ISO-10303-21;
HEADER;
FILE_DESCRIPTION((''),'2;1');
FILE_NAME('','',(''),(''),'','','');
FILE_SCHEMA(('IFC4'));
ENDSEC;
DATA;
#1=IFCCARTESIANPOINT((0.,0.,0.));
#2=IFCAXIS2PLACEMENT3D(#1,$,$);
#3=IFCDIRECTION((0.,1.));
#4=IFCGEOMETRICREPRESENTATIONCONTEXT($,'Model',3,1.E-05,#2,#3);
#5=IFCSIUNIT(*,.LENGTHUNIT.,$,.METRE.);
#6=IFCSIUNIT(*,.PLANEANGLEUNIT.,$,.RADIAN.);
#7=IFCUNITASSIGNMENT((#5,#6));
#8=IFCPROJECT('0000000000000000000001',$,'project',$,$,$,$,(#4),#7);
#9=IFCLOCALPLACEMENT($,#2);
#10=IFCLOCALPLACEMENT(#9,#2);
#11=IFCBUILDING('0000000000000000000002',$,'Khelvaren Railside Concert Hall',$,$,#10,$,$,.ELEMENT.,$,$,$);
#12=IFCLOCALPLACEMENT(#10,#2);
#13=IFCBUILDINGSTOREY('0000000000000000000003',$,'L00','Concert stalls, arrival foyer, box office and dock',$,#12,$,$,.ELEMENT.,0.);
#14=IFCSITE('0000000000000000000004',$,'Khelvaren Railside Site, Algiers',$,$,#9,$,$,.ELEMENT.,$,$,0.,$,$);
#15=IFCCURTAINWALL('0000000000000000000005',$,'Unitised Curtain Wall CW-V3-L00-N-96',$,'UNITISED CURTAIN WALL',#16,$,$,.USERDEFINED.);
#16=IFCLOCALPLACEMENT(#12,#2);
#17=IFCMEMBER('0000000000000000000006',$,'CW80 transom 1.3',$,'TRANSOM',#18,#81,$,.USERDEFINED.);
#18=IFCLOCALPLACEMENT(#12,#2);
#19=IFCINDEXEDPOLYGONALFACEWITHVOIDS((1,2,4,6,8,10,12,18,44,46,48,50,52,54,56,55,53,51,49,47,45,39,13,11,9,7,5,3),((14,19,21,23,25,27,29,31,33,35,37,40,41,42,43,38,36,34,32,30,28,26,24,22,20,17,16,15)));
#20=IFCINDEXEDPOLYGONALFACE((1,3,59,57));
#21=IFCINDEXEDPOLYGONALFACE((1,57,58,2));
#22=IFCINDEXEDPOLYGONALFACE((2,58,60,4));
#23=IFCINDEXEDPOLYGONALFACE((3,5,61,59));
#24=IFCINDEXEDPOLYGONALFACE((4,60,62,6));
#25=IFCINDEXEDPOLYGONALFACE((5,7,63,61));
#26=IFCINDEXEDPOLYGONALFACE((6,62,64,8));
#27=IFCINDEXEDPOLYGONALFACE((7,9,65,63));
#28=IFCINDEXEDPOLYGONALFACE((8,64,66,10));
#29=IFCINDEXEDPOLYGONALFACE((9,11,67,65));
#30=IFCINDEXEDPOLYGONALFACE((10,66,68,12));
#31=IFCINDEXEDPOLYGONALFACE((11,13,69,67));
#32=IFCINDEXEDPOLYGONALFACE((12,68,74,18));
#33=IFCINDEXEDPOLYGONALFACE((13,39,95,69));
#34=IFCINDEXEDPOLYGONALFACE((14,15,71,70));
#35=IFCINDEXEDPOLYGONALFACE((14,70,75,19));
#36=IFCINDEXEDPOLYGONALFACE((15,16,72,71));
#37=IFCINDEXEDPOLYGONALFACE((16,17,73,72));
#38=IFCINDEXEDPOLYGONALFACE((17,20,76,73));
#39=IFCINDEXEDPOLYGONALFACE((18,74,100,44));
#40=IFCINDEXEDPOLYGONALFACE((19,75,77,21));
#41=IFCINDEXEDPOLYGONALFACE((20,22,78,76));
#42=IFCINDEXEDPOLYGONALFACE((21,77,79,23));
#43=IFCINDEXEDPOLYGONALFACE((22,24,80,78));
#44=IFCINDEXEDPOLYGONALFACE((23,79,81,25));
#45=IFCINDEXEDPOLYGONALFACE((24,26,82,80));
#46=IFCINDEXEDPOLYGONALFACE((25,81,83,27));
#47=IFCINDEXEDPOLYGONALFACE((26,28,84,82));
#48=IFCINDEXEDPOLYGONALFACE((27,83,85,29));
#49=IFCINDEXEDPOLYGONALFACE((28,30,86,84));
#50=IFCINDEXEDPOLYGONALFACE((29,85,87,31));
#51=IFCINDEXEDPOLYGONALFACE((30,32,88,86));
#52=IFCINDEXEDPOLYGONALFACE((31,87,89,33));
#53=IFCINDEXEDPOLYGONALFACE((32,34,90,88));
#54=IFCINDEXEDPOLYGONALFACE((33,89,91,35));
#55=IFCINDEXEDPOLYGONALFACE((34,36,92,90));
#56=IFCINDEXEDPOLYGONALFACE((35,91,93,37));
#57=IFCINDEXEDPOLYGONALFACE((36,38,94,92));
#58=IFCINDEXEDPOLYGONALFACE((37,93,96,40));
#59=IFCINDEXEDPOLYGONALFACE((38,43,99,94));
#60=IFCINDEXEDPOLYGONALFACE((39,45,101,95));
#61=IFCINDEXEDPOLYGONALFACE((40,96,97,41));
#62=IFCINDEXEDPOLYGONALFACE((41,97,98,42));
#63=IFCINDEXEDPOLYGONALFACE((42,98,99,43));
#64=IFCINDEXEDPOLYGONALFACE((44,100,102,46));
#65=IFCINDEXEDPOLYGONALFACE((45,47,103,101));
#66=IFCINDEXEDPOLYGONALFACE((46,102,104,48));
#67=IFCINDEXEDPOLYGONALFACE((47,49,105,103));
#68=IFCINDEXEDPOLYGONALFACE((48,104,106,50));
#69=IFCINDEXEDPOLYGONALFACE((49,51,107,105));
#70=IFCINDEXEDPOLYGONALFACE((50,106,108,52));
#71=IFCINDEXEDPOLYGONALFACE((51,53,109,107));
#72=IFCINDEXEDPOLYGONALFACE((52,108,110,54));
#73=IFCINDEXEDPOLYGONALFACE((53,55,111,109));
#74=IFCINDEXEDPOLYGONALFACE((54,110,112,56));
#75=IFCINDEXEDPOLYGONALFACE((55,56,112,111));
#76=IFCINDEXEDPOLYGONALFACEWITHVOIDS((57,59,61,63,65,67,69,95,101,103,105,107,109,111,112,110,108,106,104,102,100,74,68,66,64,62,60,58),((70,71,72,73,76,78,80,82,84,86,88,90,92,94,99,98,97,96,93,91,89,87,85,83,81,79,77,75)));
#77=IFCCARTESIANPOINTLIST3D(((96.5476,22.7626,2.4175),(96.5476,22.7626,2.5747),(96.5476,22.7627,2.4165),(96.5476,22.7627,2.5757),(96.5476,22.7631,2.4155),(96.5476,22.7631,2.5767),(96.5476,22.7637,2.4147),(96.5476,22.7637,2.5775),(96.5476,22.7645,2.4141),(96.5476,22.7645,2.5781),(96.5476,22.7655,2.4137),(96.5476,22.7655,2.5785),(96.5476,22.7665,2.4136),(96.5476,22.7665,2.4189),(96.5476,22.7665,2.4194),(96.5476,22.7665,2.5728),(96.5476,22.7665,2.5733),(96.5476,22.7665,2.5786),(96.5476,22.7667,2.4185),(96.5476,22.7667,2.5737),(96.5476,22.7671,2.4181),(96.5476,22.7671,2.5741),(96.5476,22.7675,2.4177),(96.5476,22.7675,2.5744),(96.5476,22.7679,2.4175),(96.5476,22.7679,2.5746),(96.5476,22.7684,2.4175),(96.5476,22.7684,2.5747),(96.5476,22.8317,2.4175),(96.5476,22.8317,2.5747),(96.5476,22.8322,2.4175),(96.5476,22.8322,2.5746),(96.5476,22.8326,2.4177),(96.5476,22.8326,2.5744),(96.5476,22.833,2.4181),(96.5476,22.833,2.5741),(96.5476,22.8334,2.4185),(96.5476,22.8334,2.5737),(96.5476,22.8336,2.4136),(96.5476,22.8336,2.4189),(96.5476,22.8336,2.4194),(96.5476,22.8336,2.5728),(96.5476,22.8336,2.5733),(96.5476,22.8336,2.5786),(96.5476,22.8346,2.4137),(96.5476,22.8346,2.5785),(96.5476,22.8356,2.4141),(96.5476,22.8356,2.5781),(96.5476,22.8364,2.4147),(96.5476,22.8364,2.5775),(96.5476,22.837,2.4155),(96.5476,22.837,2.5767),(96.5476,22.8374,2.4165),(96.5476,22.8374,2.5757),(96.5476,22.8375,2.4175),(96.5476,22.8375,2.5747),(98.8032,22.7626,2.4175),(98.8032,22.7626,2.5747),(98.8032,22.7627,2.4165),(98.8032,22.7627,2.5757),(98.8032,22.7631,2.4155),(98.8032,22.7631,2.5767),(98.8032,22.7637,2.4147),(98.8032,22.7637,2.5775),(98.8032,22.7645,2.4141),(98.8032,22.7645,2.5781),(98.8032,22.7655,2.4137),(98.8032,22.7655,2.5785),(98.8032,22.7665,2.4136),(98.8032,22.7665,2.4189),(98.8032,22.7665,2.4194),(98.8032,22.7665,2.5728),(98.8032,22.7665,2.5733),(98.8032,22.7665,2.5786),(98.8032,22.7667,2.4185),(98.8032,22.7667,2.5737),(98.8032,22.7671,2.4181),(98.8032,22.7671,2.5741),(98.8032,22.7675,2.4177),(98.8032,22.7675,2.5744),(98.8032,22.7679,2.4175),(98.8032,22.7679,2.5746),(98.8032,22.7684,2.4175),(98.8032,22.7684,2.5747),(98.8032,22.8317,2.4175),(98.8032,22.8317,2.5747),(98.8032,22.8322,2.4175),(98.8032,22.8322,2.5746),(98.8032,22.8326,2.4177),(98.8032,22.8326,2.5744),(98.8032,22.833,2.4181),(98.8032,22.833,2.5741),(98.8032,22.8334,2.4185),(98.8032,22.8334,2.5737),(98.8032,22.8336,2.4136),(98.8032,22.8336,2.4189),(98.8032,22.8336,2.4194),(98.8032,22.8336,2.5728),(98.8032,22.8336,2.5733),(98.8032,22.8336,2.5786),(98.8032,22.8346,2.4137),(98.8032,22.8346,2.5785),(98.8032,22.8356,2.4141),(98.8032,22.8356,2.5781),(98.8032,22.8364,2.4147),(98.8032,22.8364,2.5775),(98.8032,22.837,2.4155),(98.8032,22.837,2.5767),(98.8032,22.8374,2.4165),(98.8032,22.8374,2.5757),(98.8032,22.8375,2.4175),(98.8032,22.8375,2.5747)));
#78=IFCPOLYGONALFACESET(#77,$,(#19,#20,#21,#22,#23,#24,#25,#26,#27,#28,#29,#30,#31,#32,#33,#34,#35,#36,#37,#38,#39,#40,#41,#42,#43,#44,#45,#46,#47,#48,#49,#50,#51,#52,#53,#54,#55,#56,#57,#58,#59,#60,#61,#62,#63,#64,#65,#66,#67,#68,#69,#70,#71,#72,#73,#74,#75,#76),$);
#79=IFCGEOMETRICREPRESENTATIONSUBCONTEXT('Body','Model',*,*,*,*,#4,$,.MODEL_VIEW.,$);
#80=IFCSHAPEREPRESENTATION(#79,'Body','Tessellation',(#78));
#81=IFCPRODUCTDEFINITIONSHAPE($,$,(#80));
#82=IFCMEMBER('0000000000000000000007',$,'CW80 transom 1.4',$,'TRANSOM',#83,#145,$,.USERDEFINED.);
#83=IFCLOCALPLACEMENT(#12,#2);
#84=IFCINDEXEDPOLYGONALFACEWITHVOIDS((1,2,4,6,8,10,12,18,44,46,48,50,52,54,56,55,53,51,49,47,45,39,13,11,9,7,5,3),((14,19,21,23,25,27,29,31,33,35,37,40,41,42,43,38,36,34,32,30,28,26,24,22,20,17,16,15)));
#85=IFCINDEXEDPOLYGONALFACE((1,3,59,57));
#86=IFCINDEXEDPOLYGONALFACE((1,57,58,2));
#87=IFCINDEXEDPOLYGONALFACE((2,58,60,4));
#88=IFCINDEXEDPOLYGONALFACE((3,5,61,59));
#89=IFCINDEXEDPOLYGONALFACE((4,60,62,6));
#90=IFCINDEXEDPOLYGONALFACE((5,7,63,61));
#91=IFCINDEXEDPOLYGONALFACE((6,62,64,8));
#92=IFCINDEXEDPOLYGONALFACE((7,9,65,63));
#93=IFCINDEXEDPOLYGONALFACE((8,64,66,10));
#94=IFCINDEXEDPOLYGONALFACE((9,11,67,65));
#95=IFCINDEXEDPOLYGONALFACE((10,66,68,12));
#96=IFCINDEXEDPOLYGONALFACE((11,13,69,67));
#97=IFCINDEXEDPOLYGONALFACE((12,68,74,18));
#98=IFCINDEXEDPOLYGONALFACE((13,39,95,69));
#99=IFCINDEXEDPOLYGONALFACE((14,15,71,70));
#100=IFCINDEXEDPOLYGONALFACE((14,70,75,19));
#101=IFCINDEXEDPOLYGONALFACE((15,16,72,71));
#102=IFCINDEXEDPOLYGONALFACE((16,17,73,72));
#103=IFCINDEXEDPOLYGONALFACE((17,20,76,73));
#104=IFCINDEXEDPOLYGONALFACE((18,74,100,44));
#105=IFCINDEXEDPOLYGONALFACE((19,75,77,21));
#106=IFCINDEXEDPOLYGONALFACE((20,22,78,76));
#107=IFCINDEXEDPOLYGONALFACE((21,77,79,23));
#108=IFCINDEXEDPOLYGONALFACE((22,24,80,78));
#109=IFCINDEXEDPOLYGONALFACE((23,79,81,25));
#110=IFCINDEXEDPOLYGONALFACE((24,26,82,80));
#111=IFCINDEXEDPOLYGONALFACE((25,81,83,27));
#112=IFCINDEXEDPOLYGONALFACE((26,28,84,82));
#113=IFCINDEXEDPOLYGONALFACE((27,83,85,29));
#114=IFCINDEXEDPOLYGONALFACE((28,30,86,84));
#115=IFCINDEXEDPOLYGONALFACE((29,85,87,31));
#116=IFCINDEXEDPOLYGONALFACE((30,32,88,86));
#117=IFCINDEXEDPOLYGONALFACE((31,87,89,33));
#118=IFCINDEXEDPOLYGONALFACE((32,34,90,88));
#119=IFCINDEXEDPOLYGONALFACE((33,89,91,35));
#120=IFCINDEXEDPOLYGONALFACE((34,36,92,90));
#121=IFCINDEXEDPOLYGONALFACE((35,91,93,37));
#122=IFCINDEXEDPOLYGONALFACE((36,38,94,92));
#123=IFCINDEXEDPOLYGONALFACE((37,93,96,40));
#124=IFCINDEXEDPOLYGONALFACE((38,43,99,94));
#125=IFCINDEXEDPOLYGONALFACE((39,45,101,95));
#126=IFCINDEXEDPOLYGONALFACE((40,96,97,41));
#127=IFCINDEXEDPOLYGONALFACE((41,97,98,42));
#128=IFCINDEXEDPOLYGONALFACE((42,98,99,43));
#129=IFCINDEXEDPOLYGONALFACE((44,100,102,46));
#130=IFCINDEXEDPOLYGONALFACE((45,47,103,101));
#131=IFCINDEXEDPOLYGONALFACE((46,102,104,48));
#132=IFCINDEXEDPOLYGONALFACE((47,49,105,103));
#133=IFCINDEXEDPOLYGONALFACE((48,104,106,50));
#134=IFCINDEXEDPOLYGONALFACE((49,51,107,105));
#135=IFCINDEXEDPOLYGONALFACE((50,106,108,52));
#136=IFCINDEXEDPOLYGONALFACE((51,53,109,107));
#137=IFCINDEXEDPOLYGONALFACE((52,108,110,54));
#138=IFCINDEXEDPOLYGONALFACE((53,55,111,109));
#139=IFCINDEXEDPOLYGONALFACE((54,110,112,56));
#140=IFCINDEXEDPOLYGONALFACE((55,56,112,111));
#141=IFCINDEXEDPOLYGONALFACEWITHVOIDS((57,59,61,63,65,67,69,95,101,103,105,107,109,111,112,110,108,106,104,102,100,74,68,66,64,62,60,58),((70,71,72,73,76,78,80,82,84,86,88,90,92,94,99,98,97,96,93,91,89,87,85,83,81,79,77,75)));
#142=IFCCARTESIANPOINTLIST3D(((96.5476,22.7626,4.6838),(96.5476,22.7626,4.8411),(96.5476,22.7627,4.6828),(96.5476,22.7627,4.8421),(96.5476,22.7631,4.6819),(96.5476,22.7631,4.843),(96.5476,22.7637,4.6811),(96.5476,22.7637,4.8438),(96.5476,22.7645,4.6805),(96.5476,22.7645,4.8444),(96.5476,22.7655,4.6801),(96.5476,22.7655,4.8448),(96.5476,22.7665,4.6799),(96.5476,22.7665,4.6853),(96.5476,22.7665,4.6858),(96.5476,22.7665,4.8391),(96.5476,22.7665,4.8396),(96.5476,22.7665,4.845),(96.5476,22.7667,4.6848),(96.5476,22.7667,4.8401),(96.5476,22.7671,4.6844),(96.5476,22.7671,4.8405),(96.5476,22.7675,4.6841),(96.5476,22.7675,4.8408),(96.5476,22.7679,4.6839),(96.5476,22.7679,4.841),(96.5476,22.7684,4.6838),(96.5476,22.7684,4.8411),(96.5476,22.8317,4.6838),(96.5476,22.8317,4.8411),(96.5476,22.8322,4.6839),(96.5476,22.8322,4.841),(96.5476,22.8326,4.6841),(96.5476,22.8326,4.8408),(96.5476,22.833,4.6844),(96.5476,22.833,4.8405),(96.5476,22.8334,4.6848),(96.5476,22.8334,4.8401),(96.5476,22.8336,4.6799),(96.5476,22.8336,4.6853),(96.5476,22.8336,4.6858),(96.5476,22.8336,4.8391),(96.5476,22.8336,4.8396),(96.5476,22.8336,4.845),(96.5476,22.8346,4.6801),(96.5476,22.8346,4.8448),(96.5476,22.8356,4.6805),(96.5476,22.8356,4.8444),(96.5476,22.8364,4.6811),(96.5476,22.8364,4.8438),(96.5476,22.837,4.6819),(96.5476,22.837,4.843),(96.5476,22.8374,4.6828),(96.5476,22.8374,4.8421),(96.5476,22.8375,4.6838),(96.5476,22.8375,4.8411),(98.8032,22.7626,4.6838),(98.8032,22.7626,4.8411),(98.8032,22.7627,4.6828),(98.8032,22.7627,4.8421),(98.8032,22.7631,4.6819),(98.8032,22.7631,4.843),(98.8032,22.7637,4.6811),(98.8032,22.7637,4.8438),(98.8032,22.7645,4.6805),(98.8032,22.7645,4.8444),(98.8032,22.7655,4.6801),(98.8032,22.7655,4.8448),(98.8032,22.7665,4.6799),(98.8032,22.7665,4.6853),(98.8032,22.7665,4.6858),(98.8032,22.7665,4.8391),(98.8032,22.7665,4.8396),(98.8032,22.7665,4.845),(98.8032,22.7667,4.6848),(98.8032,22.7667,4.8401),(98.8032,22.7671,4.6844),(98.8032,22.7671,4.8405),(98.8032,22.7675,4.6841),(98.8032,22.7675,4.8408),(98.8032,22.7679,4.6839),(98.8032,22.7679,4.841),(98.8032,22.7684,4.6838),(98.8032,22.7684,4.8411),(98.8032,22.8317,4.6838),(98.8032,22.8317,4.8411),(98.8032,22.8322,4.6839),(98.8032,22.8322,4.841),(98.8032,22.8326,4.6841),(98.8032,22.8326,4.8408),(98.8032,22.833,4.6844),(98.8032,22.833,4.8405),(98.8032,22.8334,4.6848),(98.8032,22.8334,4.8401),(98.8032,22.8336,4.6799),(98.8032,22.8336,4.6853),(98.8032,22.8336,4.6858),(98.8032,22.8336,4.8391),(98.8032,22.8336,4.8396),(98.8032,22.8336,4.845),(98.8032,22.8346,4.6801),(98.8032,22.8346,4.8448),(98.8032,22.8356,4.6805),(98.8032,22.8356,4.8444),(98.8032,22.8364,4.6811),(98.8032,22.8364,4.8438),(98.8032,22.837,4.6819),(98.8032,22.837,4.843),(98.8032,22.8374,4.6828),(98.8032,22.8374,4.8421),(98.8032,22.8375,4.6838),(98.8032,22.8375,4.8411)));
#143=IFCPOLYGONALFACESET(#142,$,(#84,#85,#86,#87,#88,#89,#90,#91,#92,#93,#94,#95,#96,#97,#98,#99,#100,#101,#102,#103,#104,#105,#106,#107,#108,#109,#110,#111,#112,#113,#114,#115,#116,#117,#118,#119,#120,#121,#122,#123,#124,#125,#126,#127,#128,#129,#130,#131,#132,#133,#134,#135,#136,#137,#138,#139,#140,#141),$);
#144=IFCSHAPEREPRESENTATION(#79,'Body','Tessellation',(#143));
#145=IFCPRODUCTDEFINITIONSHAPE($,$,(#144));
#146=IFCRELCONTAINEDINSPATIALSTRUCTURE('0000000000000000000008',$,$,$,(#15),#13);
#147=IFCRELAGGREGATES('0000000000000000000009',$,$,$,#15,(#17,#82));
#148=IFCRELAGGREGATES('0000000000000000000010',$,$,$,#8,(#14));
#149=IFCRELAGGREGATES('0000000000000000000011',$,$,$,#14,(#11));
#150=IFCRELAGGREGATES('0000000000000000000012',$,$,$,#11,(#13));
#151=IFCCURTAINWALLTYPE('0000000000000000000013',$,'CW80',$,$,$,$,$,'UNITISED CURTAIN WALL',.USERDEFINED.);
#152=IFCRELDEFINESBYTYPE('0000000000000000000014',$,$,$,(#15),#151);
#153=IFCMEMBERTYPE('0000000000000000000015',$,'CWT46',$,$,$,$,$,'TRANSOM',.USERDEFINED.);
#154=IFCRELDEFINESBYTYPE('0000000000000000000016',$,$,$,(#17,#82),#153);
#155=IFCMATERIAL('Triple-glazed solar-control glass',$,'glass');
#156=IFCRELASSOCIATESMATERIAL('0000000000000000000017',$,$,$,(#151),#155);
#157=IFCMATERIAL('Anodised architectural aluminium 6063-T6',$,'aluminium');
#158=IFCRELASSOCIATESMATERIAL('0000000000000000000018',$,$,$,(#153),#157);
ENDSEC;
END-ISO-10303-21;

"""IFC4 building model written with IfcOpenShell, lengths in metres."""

from ifc_helpers import new_model, si_unit, direction, frame, origin, origin_2d, place, context, subcontext, project, spatial, hollow_rectangle, extrude, material, material_profile, profile_set, type_object, element, aggregate, save


model = new_model("IFC4")

# Units and contexts
model_context = context("Model", 3, precision=1e-05, world=origin(), true_north=direction((0.0, 1.0)))
body_context = subcontext(model_context, "Body", "Model", "MODEL_VIEW")
ifc_project = project(units=[si_unit("LENGTHUNIT", "METRE"), si_unit("PLANEANGLEUNIT", "RADIAN")], contexts=[model_context])

# Site, building, storey
site_placement = place(None, origin())
site = spatial("IfcSite", under=ifc_project, at=site_placement, Name="Khelvaren Railside Site, Algiers", CompositionType="ELEMENT", RefElevation=0.0)
building_placement = place(site_placement, origin())
building = spatial("IfcBuilding", under=site, at=building_placement, Name="Khelvaren Railside Concert Hall", CompositionType="ELEMENT")
storey_placement = place(building_placement, origin())
storey = spatial("IfcBuildingStorey", under=building, at=storey_placement, Name="L00", Description="Concert stalls, arrival foyer, box office and dock", CompositionType="ELEMENT", Elevation=0.0)

# Shared definitions
ifc_material_1 = material(Name="Triple-glazed solar-control glass", Category="glass")
ifc_material_2 = material(Name="Anodised architectural aluminium 6063-T6", Category="aluminium")

# Curtain wall, members
curtain_wall_type_1 = type_object("IfcCurtainWallType", Name="CW80", ElementType="UNITISED CURTAIN WALL", PredefinedType="USERDEFINED", material=ifc_material_1)
curtain_wall_1_placement = place(storey_placement, origin())
curtain_wall_1 = element("IfcCurtainWall", 1, at=curtain_wall_1_placement, inside=storey, type_object=curtain_wall_type_1, Name="Unitised Curtain Wall CW-V3-L00-N-96", ObjectType="UNITISED CURTAIN WALL", PredefinedType="USERDEFINED")
ifc_material_profile_1 = material_profile(ifc_material_2, hollow_rectangle(XDim=0.075, YDim=0.165, WallThickness=0.0039, InnerFilletRadius=0.002, OuterFilletRadius=0.0039, at=origin_2d()), Name="CWT 75x165x4")
ifc_profile_set_1 = profile_set([ifc_material_profile_1], Name="Anodised architectural aluminium 6063-T6")
member_type_1 = type_object("IfcMemberType", Name="CWT46", ElementType="TRANSOM", PredefinedType="USERDEFINED", material=ifc_profile_set_1)
member_1_placement = place(storey_placement, frame((96.5476, 22.8, 2.4961), z_axis=(1.0, 0.0, 0.0), x_axis=(0.0, 1.0, 0.0)))
member_1 = element("IfcMember", 2, at=member_1_placement, type_object=member_type_1, Name="CW80 transom 1.3", ObjectType="TRANSOM", PredefinedType="USERDEFINED", context=body_context, shape_type="SweptSolid", body=[
    extrude(hollow_rectangle(XDim=0.075, YDim=0.165, WallThickness=0.0039, InnerFilletRadius=0.002, OuterFilletRadius=0.0039, at=origin_2d()), origin(), (0.0, 0.0, 1.0), 2.2556),
])
member_2_placement = place(storey_placement, frame((96.5476, 22.8, 4.7625), z_axis=(1.0, 0.0, 0.0), x_axis=(0.0, 1.0, 0.0)))
member_2 = element("IfcMember", 3, at=member_2_placement, type_object=member_type_1, Name="CW80 transom 1.4", ObjectType="TRANSOM", PredefinedType="USERDEFINED", context=body_context, shape_type="SweptSolid", body=[
    extrude(hollow_rectangle(XDim=0.075, YDim=0.165, WallThickness=0.0039, InnerFilletRadius=0.002, OuterFilletRadius=0.0039, at=origin_2d()), origin(), (0.0, 0.0, 1.0), 2.2556),
])

aggregate(curtain_wall_1, [member_1, member_2])

save(model, "model.ifc")
